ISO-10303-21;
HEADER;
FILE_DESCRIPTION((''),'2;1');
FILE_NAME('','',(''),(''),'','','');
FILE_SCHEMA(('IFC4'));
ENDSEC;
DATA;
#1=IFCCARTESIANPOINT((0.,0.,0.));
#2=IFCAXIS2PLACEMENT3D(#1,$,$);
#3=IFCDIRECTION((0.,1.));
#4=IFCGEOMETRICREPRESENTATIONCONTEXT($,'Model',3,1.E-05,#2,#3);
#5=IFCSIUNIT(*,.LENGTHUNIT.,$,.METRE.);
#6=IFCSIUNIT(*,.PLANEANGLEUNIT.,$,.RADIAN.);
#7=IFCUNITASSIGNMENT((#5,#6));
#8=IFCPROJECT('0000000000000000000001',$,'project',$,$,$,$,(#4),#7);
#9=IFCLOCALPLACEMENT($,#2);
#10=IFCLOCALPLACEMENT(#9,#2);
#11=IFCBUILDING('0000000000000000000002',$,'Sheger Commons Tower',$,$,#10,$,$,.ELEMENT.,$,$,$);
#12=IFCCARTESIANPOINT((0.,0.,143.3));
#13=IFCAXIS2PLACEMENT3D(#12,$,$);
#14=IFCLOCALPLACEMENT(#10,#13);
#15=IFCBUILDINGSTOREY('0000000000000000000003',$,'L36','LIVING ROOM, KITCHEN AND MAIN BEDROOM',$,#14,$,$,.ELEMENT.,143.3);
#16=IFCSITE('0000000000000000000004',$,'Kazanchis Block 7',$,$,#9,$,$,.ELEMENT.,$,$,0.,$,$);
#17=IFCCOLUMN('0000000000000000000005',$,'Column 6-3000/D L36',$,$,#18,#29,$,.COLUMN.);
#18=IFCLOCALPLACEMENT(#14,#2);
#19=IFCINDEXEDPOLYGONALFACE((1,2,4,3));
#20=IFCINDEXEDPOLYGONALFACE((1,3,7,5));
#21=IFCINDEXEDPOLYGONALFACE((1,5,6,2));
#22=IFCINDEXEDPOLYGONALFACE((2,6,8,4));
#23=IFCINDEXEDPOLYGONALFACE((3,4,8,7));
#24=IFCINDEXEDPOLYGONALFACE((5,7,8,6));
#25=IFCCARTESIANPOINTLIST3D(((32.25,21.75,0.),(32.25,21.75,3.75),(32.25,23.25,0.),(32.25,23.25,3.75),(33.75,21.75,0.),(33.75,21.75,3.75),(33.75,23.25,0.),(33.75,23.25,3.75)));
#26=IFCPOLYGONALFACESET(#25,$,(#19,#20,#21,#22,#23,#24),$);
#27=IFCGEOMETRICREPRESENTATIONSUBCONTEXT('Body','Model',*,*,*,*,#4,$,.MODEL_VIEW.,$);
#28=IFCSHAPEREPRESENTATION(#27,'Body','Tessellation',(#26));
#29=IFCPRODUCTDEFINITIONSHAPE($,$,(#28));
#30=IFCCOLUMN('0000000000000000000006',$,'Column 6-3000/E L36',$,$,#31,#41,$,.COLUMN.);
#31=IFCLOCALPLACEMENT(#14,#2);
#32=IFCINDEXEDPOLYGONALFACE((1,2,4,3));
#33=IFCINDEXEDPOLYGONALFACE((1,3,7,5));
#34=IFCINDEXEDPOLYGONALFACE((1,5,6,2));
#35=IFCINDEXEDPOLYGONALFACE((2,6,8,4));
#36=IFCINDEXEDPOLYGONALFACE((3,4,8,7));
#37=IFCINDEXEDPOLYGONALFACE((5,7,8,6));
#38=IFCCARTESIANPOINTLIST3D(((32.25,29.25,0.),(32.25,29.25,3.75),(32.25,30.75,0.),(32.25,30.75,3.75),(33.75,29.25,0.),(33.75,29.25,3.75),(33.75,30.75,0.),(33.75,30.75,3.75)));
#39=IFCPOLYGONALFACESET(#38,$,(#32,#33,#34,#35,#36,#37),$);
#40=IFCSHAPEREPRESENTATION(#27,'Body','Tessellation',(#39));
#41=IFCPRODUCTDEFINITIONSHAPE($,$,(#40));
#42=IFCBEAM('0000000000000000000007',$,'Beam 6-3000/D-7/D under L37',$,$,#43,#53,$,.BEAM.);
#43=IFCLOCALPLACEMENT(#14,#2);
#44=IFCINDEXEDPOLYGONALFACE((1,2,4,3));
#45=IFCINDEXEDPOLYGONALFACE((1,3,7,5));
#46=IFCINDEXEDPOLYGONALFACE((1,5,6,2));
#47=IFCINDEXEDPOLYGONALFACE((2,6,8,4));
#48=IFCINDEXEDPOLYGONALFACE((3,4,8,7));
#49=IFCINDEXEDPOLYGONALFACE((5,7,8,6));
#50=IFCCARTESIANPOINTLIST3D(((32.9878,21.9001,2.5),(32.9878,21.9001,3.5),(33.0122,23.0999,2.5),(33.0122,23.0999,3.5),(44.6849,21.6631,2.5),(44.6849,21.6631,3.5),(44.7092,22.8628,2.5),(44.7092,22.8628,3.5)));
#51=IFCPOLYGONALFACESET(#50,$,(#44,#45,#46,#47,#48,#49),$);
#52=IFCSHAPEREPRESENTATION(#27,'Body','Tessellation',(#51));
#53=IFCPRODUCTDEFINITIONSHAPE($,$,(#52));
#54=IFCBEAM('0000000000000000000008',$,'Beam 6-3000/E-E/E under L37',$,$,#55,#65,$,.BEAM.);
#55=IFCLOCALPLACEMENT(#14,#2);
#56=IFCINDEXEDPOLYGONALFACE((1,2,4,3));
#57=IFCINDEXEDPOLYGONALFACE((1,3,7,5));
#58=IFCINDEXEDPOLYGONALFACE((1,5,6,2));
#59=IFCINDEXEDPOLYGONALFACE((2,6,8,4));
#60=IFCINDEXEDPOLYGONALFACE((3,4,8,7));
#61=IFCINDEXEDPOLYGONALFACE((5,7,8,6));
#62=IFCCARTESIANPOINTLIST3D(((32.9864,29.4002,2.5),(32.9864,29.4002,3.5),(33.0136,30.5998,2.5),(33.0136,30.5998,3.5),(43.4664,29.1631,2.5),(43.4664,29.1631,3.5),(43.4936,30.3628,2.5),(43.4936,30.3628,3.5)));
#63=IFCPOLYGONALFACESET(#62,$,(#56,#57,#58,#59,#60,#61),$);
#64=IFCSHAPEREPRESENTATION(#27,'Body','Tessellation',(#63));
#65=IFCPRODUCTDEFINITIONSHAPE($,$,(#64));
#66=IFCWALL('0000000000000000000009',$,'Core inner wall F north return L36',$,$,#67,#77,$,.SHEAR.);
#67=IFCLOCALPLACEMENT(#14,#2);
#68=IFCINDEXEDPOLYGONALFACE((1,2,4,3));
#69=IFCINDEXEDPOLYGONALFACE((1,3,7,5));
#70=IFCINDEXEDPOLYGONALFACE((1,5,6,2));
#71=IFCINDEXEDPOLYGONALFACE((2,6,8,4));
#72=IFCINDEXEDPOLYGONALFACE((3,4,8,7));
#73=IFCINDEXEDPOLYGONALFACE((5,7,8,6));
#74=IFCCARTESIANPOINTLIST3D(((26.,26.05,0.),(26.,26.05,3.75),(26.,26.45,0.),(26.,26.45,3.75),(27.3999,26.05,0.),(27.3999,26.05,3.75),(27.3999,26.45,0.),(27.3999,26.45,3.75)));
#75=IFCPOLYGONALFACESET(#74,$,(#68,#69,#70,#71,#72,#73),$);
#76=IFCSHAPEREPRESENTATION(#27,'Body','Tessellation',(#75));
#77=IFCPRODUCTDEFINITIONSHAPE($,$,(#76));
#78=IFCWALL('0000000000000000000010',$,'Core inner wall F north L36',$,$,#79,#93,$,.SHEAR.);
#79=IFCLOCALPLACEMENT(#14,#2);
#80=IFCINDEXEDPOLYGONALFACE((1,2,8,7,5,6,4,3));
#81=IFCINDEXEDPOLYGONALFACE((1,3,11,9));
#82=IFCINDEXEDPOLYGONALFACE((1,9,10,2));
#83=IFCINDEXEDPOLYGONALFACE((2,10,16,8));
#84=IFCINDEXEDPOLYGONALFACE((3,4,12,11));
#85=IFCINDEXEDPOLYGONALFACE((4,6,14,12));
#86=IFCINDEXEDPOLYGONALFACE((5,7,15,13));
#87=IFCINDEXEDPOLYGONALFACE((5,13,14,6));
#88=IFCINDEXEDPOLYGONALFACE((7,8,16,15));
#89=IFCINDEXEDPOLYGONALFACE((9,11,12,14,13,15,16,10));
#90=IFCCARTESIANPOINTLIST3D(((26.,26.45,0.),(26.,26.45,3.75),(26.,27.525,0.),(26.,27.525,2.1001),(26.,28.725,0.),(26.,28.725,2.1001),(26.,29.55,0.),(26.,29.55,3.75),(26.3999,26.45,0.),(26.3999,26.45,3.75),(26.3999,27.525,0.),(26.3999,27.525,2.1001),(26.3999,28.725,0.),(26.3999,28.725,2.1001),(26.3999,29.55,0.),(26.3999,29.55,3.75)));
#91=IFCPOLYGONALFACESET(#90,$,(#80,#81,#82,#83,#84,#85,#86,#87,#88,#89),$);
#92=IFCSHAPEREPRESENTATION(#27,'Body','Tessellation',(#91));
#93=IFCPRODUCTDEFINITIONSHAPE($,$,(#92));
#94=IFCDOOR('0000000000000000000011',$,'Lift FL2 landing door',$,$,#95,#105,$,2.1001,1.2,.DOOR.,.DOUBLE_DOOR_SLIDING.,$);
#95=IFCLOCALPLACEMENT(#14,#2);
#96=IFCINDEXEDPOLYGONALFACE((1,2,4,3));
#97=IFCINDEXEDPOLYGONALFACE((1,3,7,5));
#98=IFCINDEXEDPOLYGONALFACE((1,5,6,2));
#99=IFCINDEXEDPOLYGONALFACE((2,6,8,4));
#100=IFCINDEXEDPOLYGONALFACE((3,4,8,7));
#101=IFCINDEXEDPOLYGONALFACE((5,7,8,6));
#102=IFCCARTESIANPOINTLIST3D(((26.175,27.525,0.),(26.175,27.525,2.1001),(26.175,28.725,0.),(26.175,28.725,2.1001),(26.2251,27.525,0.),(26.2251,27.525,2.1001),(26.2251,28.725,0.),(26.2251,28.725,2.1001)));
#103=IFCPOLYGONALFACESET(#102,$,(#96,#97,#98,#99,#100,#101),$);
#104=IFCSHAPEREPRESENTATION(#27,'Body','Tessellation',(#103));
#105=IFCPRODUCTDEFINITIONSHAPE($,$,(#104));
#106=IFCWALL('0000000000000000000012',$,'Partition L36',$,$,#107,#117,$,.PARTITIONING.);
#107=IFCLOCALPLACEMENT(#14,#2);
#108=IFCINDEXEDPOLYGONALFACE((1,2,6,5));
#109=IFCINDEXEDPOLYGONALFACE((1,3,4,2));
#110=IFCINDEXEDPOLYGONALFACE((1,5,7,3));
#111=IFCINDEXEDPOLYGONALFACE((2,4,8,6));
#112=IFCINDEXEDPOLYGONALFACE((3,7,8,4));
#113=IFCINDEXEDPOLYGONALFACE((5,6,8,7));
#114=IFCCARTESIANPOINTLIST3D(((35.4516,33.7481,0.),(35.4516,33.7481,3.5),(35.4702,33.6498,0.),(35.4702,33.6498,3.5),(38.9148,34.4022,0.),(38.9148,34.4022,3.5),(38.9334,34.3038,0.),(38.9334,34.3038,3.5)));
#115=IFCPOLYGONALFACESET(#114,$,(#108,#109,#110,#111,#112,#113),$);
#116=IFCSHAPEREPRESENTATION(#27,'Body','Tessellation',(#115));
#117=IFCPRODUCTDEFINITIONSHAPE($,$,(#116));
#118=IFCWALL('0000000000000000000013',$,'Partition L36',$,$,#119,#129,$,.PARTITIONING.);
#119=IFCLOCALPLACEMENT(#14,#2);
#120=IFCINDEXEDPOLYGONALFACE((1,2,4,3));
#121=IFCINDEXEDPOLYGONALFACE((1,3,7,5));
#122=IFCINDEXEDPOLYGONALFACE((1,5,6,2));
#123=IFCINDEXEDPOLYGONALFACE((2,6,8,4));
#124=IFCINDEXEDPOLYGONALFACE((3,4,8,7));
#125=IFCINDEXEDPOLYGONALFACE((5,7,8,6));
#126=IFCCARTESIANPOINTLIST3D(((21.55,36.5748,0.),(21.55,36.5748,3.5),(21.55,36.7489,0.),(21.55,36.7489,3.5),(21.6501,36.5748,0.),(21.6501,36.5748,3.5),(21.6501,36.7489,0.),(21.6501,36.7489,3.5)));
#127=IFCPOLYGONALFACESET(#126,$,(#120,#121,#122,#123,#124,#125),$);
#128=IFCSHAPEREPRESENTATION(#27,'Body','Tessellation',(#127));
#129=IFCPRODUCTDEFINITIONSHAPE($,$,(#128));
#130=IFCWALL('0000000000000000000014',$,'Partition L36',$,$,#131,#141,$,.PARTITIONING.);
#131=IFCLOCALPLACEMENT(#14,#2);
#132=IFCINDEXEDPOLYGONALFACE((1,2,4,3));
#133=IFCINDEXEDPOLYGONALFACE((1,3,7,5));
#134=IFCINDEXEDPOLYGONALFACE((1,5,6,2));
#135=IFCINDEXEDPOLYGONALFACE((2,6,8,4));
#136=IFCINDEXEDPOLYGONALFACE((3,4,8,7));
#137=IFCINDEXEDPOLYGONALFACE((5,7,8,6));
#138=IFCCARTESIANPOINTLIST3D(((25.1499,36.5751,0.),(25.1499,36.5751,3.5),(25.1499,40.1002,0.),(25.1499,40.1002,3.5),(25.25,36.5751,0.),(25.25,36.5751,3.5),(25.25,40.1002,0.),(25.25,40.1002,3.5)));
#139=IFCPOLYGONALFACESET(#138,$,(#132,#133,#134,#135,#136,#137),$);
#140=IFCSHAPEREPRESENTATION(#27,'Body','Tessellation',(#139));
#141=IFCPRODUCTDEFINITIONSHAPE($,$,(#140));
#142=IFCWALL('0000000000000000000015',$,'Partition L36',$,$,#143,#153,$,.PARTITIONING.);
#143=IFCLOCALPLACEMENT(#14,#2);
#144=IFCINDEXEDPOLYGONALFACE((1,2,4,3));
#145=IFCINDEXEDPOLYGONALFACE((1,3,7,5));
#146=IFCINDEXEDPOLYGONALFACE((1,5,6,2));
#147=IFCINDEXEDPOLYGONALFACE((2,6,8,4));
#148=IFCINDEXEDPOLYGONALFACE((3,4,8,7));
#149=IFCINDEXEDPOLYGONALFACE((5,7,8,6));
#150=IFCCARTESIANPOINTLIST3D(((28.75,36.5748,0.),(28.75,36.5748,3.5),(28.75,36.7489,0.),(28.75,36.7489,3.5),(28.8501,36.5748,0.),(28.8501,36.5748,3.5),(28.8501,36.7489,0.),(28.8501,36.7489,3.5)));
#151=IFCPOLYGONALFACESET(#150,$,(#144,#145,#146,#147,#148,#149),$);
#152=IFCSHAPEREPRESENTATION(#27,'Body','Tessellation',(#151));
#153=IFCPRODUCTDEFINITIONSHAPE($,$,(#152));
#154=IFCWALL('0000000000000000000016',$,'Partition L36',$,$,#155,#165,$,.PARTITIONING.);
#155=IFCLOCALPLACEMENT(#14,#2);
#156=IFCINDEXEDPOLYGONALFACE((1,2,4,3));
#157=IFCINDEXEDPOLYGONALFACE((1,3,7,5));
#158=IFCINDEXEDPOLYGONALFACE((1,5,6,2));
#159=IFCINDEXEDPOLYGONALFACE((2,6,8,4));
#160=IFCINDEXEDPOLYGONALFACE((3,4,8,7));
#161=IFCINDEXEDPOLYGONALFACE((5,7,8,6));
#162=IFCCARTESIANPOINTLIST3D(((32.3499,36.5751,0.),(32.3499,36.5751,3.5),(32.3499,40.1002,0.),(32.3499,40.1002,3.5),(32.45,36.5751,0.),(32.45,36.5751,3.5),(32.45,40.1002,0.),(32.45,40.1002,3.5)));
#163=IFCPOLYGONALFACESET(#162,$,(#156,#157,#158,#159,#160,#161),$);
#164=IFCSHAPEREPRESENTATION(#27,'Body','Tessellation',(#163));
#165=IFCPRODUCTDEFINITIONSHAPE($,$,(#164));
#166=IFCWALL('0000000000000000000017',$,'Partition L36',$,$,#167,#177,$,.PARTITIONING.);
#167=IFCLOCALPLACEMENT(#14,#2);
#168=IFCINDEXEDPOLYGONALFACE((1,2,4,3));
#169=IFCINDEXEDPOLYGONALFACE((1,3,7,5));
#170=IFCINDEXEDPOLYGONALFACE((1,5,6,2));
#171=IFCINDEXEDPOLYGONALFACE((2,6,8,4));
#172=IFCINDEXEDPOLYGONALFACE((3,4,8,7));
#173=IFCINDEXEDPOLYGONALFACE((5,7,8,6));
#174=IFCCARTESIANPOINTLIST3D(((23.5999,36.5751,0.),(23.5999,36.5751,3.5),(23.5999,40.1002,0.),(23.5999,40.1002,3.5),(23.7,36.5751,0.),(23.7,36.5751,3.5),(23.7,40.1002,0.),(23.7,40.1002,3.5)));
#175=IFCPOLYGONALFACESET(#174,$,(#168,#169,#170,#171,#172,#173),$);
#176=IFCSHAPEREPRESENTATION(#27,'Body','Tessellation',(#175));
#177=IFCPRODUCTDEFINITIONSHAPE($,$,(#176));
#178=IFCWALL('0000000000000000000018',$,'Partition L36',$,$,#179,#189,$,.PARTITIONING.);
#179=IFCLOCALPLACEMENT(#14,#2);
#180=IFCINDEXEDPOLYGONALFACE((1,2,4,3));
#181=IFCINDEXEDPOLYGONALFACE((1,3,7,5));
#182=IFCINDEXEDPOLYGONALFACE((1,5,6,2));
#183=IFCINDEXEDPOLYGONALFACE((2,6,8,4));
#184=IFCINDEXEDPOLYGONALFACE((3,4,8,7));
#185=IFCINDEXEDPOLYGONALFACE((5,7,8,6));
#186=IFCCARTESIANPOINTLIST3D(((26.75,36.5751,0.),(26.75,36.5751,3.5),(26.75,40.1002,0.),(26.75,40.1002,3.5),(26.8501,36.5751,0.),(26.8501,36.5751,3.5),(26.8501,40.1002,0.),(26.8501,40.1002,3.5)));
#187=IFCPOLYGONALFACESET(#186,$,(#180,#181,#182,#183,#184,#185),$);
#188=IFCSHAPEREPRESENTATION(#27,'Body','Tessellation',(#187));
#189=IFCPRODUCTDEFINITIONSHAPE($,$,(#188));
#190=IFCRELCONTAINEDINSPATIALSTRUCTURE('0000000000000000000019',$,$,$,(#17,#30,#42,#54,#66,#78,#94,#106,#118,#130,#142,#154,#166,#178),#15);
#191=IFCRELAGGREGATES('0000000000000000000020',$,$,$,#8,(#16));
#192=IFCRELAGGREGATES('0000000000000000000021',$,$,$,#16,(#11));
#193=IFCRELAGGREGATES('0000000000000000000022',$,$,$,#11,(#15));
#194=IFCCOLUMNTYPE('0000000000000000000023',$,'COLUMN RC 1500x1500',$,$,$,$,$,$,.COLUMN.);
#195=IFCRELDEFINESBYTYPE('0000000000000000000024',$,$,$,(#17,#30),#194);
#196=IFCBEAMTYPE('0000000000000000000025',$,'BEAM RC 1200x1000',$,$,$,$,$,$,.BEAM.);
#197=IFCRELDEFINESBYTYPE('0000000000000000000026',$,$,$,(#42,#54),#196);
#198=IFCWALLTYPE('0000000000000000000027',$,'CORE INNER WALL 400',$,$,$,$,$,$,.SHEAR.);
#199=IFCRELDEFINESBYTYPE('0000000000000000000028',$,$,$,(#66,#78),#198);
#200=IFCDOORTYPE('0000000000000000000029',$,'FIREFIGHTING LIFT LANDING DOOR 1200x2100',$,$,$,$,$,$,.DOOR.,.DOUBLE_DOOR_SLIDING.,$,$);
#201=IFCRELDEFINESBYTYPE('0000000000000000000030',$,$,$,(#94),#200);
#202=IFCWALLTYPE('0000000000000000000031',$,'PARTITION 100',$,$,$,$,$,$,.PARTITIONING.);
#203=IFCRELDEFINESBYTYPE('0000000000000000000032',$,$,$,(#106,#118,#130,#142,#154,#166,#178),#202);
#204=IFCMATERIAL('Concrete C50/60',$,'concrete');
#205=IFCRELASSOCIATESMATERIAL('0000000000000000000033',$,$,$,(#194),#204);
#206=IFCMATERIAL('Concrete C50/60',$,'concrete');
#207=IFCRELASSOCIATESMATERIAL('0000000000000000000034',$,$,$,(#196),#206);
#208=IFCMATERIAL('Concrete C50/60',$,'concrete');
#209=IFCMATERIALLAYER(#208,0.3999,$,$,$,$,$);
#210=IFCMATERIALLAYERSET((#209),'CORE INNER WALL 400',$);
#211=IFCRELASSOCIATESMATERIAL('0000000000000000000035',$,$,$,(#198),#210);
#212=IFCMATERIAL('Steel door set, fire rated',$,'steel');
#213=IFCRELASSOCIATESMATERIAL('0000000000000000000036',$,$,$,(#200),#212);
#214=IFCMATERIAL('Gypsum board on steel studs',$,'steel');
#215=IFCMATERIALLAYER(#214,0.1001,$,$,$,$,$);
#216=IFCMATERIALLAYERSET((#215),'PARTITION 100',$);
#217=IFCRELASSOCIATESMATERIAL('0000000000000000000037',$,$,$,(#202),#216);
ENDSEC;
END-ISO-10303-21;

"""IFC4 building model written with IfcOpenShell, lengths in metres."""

from ifc_helpers import new_model, si_unit, direction, frame, frame_2d, origin, origin_2d, place, context, subcontext, project, spatial, rectangle, extrude, material, layer, layer_set, material_profile, profile_set, type_object, element, fill, save


model = new_model("IFC4")

# Units and contexts
model_context = context("Model", 3, precision=1e-05, world=origin(), true_north=direction((0.0, 1.0)))
body_context = subcontext(model_context, "Body", "Model", "MODEL_VIEW")
ifc_project = project(units=[si_unit("LENGTHUNIT", "METRE"), si_unit("PLANEANGLEUNIT", "RADIAN")], contexts=[model_context])

# Site, building, storey
site_placement = place(None, origin())
site = spatial("IfcSite", under=ifc_project, at=site_placement, Name="Kazanchis Block 7", CompositionType="ELEMENT", RefElevation=0.0)
building_placement = place(site_placement, origin())
building = spatial("IfcBuilding", under=site, at=building_placement, Name="Sheger Commons Tower", CompositionType="ELEMENT")
storey_placement = place(building_placement, frame((0.0, 0.0, 143.3)))
storey = spatial("IfcBuildingStorey", under=building, at=storey_placement, Name="L36", Description="LIVING ROOM, KITCHEN AND MAIN BEDROOM", CompositionType="ELEMENT", Elevation=143.3)

# Columns
ifc_material_1 = material(Name="Concrete C50/60", Category="concrete")
ifc_material_profile_1 = material_profile(ifc_material_1, rectangle(XDim=1.5, YDim=1.5, at=origin_2d()), Name="RC 1500x1500")
ifc_profile_set_1 = profile_set([ifc_material_profile_1], Name="Concrete C50/60")
column_type = type_object("IfcColumnType", Name="COLUMN RC 1500x1500", PredefinedType="COLUMN", material=ifc_profile_set_1)
for number, where, z_axis, x_axis, name in (
    (1, (33.0, 22.5, 0.0), (0.0, 0.0, 1.0), (1.0, 0.0, 0.0), "Column 6-3000/D L36"),
    (2, (33.0, 30.0, 0.0), (0.0, 0.0, 1.0), (1.0, 0.0, 0.0), "Column 6-3000/E L36"),
):
    element("IfcColumn", number, at=place(storey_placement, frame(where, z_axis=z_axis, x_axis=x_axis)), inside=storey, type_object=column_type, Name=name, PredefinedType="COLUMN", context=body_context, shape_type="SweptSolid", body=[
        extrude(rectangle(XDim=1.5, YDim=1.5, at=origin_2d()), origin(), (0.0, 0.0, 1.0), 3.75),
    ])

# Beams
ifc_material_2 = material(Name="Concrete C50/60", Category="concrete")
ifc_material_profile_2 = material_profile(ifc_material_2, rectangle(XDim=1.2, YDim=1.0, at=origin_2d()), Name="RC 1200x1000")
ifc_profile_set_2 = profile_set([ifc_material_profile_2], Name="Concrete C50/60")
beam_type = type_object("IfcBeamType", Name="BEAM RC 1200x1000", PredefinedType="BEAM", material=ifc_profile_set_2)
beam_1_placement = place(storey_placement, frame((33.0, 22.5, 3.0), z_axis=(0.999795, -0.020263, 0.0), x_axis=(0.020263, 0.999795, 0.0)))
element("IfcBeam", 3, at=beam_1_placement, inside=storey, type_object=beam_type, Name="Beam 6-3000/D-7/D under L37", PredefinedType="BEAM", context=body_context, shape_type="SweptSolid", body=[
    extrude(rectangle(XDim=1.2, YDim=1.0, at=origin_2d()), origin(), (0.0, 0.0, 1.0), 11.6995),
])
beam_2_placement = place(storey_placement, frame((33.0, 30.0, 3.0), z_axis=(0.999744, -0.022615, 0.0), x_axis=(0.022615, 0.999744, 0.0)))
element("IfcBeam", 4, at=beam_2_placement, inside=storey, type_object=beam_type, Name="Beam 6-3000/E-E/E under L37", PredefinedType="BEAM", context=body_context, shape_type="SweptSolid", body=[
    extrude(rectangle(XDim=1.2, YDim=1.0, at=origin_2d()), origin(), (0.0, 0.0, 1.0), 10.4827),
])

# Wall
ifc_material_3 = material(Name="Concrete C50/60", Category="concrete")
ifc_layer_1 = layer(ifc_material_3, 0.3999)
ifc_layer_set_1 = layer_set([ifc_layer_1], Name="CORE INNER WALL 400")
wall_type_1 = type_object("IfcWallType", Name="CORE INNER WALL 400", PredefinedType="SHEAR", material=ifc_layer_set_1)
wall_1_placement = place(storey_placement, frame((26.0, 26.25, 0.0), z_axis=(0.0, 0.0, 1.0), x_axis=(1.0, 0.0, 0.0)))
element("IfcWall", 5, at=wall_1_placement, inside=storey, type_object=wall_type_1, Name="Core inner wall F north return L36", PredefinedType="SHEAR", context=body_context, shape_type="SweptSolid", body=[
    extrude(rectangle(XDim=1.3999, YDim=0.3999, at=frame_2d((0.7, 0.0))), origin(), (0.0, 0.0, 1.0), 3.75),
])

# Wall, opening, door
wall_2_placement = place(storey_placement, frame((26.2, 26.45, 0.0), z_axis=(0.0, 0.0, 1.0), x_axis=(0.0, 1.0, 0.0)))
wall_2 = element("IfcWall", 6, at=wall_2_placement, inside=storey, type_object=wall_type_1, Name="Core inner wall F north L36", PredefinedType="SHEAR", context=body_context, shape_type="SweptSolid", body=[
    extrude(rectangle(XDim=3.1001, YDim=0.3999, at=frame_2d((1.55, 0.0))), origin(), (0.0, 0.0, 1.0), 3.75),
])
opening_1_placement = place(wall_2_placement, frame((1.075, 0.0, 0.0)))
opening_1 = element("IfcOpeningElement", 7, at=opening_1_placement, cuts=wall_2, PredefinedType="OPENING", context=body_context, shape_type="SweptSolid", body=[
    extrude(rectangle(XDim=1.2, YDim=2.1001, at=frame_2d((0.6001, 1.05))), frame((0.0, 0.21, 0.0), z_axis=(0.0, -1.0, 0.0), x_axis=(1.0, 0.0, 0.0)), (0.0, 0.0, 1.0), 0.4199),
])
ifc_material_4 = material(Name="Steel door set, fire rated", Category="steel")
door_type_1 = type_object("IfcDoorType", Name="FIREFIGHTING LIFT LANDING DOOR 1200x2100", OperationType="DOUBLE_DOOR_SLIDING", PredefinedType="DOOR", material=ifc_material_4)
door_1_placement = place(opening_1_placement, origin())
door_1 = element("IfcDoor", 8, at=door_1_placement, inside=storey, type_object=door_type_1, Name="Lift FL2 landing door", OperationType="DOUBLE_DOOR_SLIDING", OverallHeight=2.1001, OverallWidth=1.2, PredefinedType="DOOR", context=body_context, shape_type="SweptSolid", body=[
    extrude(rectangle(XDim=1.2, YDim=2.1001, at=frame_2d((0.6001, 1.05))), frame((0.0, 0.0249, 0.0), z_axis=(0.0, -1.0, 0.0), x_axis=(1.0, 0.0, 0.0)), (0.0, 0.0, 1.0), 0.05),
])
fill(opening_1, door_1)

# Walls
ifc_material_5 = material(Name="Gypsum board on steel studs", Category="steel")
ifc_layer_2 = layer(ifc_material_5, 0.1001)
ifc_layer_set_2 = layer_set([ifc_layer_2], Name="PARTITION 100")
wall_type_2 = type_object("IfcWallType", Name="PARTITION 100", PredefinedType="PARTITIONING", material=ifc_layer_set_2)
wall_3_placement = place(storey_placement, frame((38.9241, 34.353, 0.0), z_axis=(0.0, 0.0, 1.0), x_axis=(-0.982629, -0.185581, 0.0)))
element("IfcWall", 9, at=wall_3_placement, inside=storey, type_object=wall_type_2, Name="Partition L36", PredefinedType="PARTITIONING", context=body_context, shape_type="SweptSolid", body=[
    extrude(rectangle(XDim=3.5244, YDim=0.1001, at=frame_2d((1.7622, 0.0))), origin(), (0.0, 0.0, 1.0), 3.5),
])
wall_4_placement = place(storey_placement, frame((21.6001, 36.575, 0.0), z_axis=(0.0, 0.0, 1.0), x_axis=(0.0, 1.0, 0.0)))
element("IfcWall", 10, at=wall_4_placement, inside=storey, type_object=wall_type_2, Name="Partition L36", PredefinedType="PARTITIONING", context=body_context, shape_type="SweptSolid", body=[
    extrude(rectangle(XDim=0.1741, YDim=0.1001, at=frame_2d((0.0869, 0.0))), origin(), (0.0, 0.0, 1.0), 3.5),
])
wall_5_placement = place(storey_placement, frame((25.2, 36.575, 0.0), z_axis=(0.0, 0.0, 1.0), x_axis=(0.0, 1.0, 0.0)))
element("IfcWall", 11, at=wall_5_placement, inside=storey, type_object=wall_type_2, Name="Partition L36", PredefinedType="PARTITIONING", context=body_context, shape_type="SweptSolid", body=[
    extrude(rectangle(XDim=3.5251, YDim=0.1001, at=frame_2d((1.7627, 0.0))), origin(), (0.0, 0.0, 1.0), 3.5),
])
wall_6_placement = place(storey_placement, frame((28.8, 36.575, 0.0), z_axis=(0.0, 0.0, 1.0), x_axis=(0.0, 1.0, 0.0)))
element("IfcWall", 12, at=wall_6_placement, inside=storey, type_object=wall_type_2, Name="Partition L36", PredefinedType="PARTITIONING", context=body_context, shape_type="SweptSolid", body=[
    extrude(rectangle(XDim=0.1741, YDim=0.1001, at=frame_2d((0.0869, 0.0))), origin(), (0.0, 0.0, 1.0), 3.5),
])
for number, where, z_axis, x_axis, name in (
    (13, (32.3999, 36.575, 0.0), (0.0, 0.0, 1.0), (0.0, 1.0, 0.0), "Partition L36"),
    (14, (23.6499, 36.575, 0.0), (0.0, 0.0, 1.0), (0.0, 1.0, 0.0), "Partition L36"),
    (15, (26.8, 36.575, 0.0), (0.0, 0.0, 1.0), (0.0, 1.0, 0.0), "Partition L36"),
):
    element("IfcWall", number, at=place(storey_placement, frame(where, z_axis=z_axis, x_axis=x_axis)), inside=storey, type_object=wall_type_2, Name=name, PredefinedType="PARTITIONING", context=body_context, shape_type="SweptSolid", body=[
        extrude(rectangle(XDim=3.5251, YDim=0.1001, at=frame_2d((1.7627, 0.0))), origin(), (0.0, 0.0, 1.0), 3.5),
    ])

save(model, "model.ifc")
